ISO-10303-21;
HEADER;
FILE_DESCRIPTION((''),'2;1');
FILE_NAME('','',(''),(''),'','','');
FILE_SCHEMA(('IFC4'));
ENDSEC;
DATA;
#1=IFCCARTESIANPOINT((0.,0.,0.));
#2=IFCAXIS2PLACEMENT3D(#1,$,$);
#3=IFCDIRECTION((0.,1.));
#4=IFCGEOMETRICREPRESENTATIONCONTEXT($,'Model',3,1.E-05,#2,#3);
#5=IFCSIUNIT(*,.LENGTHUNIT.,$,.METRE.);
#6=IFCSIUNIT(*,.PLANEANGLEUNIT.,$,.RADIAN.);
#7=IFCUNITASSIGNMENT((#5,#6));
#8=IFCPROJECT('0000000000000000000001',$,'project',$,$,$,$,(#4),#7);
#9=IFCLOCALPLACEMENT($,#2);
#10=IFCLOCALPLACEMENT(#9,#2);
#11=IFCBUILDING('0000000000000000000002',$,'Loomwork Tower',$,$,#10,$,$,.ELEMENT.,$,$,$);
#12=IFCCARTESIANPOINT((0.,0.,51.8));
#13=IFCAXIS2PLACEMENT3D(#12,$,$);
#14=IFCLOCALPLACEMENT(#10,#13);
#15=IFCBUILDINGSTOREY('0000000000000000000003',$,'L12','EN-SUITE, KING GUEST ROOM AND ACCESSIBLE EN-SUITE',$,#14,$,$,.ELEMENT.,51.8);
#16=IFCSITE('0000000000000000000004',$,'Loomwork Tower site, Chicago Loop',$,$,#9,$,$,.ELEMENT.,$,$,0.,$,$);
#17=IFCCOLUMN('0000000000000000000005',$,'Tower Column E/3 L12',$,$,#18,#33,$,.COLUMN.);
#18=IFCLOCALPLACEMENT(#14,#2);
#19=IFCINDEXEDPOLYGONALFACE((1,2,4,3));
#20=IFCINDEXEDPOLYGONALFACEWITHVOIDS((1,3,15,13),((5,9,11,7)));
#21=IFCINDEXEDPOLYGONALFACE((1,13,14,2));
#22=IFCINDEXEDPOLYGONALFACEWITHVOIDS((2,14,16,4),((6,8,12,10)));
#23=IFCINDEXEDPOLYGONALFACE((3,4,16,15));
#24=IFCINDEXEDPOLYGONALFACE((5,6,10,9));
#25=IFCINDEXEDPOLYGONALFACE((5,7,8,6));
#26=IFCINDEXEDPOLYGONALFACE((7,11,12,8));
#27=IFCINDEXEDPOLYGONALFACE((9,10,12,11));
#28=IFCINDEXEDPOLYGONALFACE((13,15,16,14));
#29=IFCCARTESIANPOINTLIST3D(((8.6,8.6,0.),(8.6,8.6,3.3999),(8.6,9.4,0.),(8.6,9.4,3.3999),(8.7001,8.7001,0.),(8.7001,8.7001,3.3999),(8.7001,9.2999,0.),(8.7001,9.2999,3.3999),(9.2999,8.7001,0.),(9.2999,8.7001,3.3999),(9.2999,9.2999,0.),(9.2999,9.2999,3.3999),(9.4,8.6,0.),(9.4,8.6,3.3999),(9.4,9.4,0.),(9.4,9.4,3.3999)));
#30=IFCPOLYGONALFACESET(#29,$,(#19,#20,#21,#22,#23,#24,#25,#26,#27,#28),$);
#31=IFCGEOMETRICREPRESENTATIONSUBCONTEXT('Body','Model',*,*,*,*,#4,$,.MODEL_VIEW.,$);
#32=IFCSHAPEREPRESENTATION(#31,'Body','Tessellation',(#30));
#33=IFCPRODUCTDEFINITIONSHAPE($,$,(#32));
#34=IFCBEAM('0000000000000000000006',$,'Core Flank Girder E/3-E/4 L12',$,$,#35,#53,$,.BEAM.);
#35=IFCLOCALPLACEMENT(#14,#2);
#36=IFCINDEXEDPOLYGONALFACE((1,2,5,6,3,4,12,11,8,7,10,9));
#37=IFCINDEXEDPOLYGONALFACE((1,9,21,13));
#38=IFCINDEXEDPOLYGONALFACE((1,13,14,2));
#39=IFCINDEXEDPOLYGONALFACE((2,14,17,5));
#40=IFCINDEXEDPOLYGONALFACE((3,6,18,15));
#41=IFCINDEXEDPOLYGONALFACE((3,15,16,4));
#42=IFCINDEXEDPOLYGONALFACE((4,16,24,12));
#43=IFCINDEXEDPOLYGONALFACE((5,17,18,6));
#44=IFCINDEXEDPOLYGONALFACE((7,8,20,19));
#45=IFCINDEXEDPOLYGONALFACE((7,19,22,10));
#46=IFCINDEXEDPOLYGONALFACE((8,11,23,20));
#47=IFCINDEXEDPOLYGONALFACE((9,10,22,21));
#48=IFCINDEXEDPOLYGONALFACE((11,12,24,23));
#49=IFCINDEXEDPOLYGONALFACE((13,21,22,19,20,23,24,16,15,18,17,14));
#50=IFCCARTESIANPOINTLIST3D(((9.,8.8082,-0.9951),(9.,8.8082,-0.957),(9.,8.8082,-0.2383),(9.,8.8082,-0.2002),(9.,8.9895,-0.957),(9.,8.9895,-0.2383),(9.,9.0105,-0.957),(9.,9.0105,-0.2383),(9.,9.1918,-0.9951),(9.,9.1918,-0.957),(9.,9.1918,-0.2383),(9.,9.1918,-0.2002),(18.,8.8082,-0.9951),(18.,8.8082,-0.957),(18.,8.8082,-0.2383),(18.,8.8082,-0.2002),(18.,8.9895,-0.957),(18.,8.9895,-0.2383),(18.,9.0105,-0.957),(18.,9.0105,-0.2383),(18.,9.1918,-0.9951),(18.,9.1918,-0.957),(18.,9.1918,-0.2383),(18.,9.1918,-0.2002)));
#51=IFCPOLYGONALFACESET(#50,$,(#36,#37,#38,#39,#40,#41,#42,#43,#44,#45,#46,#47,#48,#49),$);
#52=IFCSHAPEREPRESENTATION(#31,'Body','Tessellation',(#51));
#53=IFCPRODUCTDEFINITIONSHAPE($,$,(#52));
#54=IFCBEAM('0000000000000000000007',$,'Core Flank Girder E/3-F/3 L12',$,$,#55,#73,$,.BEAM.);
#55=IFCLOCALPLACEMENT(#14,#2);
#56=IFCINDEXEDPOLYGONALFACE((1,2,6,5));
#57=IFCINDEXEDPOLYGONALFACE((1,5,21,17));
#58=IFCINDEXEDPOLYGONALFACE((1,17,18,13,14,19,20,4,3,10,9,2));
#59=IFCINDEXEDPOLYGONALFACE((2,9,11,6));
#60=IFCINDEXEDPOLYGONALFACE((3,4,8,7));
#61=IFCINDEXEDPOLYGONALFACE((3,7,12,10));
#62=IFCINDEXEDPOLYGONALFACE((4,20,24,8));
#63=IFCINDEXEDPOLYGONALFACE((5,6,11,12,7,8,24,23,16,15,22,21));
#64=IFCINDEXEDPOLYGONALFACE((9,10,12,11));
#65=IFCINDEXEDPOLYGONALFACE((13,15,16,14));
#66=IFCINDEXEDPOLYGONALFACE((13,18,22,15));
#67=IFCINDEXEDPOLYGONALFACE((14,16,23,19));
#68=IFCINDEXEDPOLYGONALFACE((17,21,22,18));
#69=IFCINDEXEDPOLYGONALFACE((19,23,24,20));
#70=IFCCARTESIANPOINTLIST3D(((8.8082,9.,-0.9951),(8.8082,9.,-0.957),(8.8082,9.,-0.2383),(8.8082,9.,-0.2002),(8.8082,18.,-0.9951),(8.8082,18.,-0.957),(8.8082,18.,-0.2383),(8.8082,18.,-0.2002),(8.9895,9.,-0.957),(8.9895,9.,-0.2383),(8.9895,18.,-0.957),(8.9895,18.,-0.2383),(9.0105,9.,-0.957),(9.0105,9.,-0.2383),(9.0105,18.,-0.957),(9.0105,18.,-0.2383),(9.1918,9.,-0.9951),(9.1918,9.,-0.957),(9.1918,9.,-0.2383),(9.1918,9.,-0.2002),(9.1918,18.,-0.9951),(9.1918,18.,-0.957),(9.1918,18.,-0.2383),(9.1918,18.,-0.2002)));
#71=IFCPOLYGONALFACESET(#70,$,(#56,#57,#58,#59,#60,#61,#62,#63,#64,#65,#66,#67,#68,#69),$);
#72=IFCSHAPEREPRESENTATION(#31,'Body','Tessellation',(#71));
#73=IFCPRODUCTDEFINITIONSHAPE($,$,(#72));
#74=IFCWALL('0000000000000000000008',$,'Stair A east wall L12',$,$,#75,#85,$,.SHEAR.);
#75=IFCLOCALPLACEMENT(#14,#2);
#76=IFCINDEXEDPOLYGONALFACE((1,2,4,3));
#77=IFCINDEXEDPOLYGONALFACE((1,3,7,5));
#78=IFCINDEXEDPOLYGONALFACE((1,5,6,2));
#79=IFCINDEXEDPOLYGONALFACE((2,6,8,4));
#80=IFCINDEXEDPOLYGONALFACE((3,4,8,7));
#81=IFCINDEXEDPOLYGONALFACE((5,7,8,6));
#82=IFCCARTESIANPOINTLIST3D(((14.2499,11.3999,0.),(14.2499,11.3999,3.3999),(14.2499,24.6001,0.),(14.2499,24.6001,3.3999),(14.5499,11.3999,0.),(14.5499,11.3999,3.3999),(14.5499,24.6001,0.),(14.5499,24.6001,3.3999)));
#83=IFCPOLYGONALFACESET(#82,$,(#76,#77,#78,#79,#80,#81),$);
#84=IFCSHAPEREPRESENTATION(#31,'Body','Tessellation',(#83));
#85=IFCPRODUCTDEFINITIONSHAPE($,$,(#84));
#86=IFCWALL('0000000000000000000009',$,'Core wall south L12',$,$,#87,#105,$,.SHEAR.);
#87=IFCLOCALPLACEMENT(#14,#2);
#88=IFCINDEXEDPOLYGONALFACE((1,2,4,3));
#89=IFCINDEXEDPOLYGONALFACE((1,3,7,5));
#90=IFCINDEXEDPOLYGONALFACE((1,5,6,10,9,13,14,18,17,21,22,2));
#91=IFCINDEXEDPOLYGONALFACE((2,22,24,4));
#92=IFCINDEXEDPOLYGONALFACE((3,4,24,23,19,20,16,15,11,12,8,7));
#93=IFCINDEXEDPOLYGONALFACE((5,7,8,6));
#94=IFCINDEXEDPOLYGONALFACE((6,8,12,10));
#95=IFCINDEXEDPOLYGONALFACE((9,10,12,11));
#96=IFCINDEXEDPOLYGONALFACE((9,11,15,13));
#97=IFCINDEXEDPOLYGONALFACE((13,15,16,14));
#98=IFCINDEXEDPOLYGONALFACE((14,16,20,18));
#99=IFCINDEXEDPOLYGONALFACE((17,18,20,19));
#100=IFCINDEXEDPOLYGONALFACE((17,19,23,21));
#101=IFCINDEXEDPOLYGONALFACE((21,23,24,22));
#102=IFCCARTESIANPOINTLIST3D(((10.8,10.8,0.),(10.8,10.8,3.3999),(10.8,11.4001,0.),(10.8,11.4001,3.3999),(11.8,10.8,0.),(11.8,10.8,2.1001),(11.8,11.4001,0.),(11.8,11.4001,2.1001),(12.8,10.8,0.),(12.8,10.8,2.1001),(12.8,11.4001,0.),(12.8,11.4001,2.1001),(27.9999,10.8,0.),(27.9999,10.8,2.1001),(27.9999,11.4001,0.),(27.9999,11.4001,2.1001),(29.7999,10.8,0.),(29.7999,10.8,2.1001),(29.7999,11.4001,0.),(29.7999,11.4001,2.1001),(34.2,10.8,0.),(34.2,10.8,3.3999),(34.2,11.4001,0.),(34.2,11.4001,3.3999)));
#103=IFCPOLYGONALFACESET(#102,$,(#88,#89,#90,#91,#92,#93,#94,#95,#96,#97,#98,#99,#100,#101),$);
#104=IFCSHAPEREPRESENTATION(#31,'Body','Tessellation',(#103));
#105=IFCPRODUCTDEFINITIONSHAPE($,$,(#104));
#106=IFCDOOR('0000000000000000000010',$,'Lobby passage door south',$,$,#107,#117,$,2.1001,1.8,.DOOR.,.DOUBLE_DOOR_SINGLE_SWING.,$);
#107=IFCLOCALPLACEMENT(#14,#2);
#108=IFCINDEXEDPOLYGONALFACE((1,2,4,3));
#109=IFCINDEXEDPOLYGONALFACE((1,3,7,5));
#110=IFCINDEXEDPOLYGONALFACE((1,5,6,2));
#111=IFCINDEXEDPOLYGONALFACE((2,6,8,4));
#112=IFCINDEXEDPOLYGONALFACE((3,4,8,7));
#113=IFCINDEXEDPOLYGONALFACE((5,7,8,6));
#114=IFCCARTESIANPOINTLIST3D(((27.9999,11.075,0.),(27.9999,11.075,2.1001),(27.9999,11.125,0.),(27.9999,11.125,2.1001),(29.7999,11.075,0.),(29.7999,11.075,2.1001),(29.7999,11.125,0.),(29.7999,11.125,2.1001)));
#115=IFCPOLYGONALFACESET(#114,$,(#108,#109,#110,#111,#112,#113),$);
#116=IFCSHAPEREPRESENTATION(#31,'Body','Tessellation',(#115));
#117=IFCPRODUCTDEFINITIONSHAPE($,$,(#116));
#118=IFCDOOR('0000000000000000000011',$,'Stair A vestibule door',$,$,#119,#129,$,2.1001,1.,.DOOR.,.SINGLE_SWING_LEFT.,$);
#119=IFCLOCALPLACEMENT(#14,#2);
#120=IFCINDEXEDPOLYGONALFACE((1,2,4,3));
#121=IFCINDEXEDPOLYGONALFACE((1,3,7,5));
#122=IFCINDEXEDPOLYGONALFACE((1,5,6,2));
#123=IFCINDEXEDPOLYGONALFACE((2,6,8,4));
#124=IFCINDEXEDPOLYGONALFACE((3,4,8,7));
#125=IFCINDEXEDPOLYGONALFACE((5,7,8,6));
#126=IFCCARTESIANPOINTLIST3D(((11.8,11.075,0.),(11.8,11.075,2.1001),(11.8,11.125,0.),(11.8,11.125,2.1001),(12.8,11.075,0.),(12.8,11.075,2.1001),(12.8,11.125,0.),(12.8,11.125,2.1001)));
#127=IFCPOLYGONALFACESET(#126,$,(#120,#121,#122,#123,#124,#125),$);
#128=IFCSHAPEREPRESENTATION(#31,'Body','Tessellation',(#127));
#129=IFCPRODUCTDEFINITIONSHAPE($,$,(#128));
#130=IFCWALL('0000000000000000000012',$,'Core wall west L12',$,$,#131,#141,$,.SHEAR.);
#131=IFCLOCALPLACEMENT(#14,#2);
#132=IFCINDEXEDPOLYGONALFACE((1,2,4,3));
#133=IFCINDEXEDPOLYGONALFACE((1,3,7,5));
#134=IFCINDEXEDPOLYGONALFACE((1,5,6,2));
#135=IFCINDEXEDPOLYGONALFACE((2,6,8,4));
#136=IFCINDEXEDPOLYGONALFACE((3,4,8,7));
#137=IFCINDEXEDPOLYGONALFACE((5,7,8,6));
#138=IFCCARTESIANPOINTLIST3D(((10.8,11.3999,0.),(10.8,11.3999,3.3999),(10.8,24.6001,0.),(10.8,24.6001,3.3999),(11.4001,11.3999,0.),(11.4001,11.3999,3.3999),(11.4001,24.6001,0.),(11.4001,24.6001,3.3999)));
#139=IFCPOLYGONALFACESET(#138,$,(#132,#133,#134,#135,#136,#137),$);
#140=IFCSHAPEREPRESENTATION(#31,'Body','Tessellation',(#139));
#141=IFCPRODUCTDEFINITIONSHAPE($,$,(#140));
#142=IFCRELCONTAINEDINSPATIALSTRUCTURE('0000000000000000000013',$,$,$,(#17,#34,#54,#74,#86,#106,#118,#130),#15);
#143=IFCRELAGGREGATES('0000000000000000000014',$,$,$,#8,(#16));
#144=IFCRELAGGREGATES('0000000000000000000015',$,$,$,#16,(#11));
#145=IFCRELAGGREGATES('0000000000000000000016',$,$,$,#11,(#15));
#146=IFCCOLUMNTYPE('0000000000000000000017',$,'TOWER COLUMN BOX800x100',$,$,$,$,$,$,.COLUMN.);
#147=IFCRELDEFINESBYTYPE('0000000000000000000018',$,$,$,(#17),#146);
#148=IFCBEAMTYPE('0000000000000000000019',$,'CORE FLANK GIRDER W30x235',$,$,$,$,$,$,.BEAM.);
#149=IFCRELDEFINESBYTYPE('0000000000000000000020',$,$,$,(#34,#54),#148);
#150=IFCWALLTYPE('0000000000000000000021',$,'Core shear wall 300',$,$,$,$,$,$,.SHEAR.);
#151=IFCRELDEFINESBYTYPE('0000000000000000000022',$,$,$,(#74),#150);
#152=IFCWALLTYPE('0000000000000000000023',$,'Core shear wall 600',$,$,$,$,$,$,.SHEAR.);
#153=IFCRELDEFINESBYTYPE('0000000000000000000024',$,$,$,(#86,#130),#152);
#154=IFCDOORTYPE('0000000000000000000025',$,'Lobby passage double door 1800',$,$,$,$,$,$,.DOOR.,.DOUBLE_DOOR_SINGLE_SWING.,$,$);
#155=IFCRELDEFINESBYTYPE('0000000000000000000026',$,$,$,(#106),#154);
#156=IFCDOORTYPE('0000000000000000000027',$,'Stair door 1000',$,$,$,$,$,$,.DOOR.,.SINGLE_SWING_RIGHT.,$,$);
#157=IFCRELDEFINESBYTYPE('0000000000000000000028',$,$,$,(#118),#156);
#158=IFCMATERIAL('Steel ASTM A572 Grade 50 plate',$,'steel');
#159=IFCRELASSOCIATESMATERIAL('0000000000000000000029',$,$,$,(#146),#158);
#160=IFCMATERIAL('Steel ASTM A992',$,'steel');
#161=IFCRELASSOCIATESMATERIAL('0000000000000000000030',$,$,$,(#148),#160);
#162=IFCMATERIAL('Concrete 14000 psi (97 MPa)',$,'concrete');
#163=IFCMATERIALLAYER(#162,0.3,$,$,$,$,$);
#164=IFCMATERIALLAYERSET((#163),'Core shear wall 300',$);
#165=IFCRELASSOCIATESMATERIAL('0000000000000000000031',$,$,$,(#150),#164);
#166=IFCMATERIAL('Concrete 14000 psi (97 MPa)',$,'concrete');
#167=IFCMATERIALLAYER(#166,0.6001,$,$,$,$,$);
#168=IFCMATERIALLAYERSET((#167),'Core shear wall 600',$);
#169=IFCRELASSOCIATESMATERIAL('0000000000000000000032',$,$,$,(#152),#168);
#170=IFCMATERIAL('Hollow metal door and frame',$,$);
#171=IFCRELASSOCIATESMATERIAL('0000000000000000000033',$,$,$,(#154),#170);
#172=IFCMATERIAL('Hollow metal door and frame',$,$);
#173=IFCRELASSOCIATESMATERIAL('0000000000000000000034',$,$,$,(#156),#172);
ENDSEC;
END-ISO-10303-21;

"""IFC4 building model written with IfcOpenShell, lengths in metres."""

from ifc_helpers import new_model, si_unit, direction, frame, frame_2d, origin, origin_2d, place, context, subcontext, project, spatial, rectangle, hollow_rectangle, i_section, extrude, material, layer, layer_set, material_profile, profile_set, type_object, element, fill, save


model = new_model("IFC4")

# Units and contexts
model_context = context("Model", 3, precision=1e-05, world=origin(), true_north=direction((0.0, 1.0)))
body_context = subcontext(model_context, "Body", "Model", "MODEL_VIEW")
ifc_project = project(units=[si_unit("LENGTHUNIT", "METRE"), si_unit("PLANEANGLEUNIT", "RADIAN")], contexts=[model_context])

# Site, building, storey
site_placement = place(None, origin())
site = spatial("IfcSite", under=ifc_project, at=site_placement, Name="Loomwork Tower site, Chicago Loop", CompositionType="ELEMENT", RefElevation=0.0)
building_placement = place(site_placement, origin())
building = spatial("IfcBuilding", under=site, at=building_placement, Name="Loomwork Tower", CompositionType="ELEMENT")
storey_placement = place(building_placement, frame((0.0, 0.0, 51.8)))
storey = spatial("IfcBuildingStorey", under=building, at=storey_placement, Name="L12", Description="EN-SUITE, KING GUEST ROOM AND ACCESSIBLE EN-SUITE", CompositionType="ELEMENT", Elevation=51.8)

# Column
ifc_material_1 = material(Name="Steel ASTM A572 Grade 50 plate", Category="steel")
ifc_material_profile_1 = material_profile(ifc_material_1, hollow_rectangle(XDim=0.8, YDim=0.8, WallThickness=0.1001, at=origin_2d()), Name="BOX800x100")
ifc_profile_set_1 = profile_set([ifc_material_profile_1], Name="Steel ASTM A572 Grade 50 plate")
column_type = type_object("IfcColumnType", Name="TOWER COLUMN BOX800x100", PredefinedType="COLUMN", material=ifc_profile_set_1)
column_placement = place(storey_placement, frame((9.0, 9.0, 0.0), z_axis=(0.0, 0.0, 1.0), x_axis=(1.0, 0.0, 0.0)))
element("IfcColumn", 1, at=column_placement, inside=storey, type_object=column_type, Name="Tower Column E/3 L12", PredefinedType="COLUMN", context=body_context, shape_type="SweptSolid", body=[
    extrude(hollow_rectangle(XDim=0.8, YDim=0.8, WallThickness=0.1001, at=origin_2d()), origin(), (0.0, 0.0, 1.0), 3.3999),
])

# Beams
ifc_material_2 = material(Name="Steel ASTM A992", Category="steel")
ifc_material_profile_2 = material_profile(ifc_material_2, i_section(OverallWidth=0.3835, OverallDepth=0.7949, WebThickness=0.021, FlangeThickness=0.0381, at=origin_2d()), Name="W30x235")
ifc_profile_set_2 = profile_set([ifc_material_profile_2], Name="Steel ASTM A992")
beam_type = type_object("IfcBeamType", Name="CORE FLANK GIRDER W30x235", PredefinedType="BEAM", material=ifc_profile_set_2)
for number, where, z_axis, x_axis, name in (
    (2, (9.0, 9.0, -0.5977), (1.0, 0.0, 0.0), (0.0, 1.0, 0.0), "Core Flank Girder E/3-E/4 L12"),
    (3, (9.0, 9.0, -0.5977), (0.0, 1.0, 0.0), (-1.0, 0.0, 0.0), "Core Flank Girder E/3-F/3 L12"),
):
    element("IfcBeam", number, at=place(storey_placement, frame(where, z_axis=z_axis, x_axis=x_axis)), inside=storey, type_object=beam_type, Name=name, PredefinedType="BEAM", context=body_context, shape_type="SweptSolid", body=[
        extrude(i_section(OverallWidth=0.3835, OverallDepth=0.7949, WebThickness=0.021, FlangeThickness=0.0381, at=origin_2d()), origin(), (0.0, 0.0, 1.0), 9.0),
    ])

# Wall
ifc_material_3 = material(Name="Concrete 14000 psi (97 MPa)", Category="concrete")
ifc_layer_1 = layer(ifc_material_3, 0.3)
ifc_layer_set_1 = layer_set([ifc_layer_1], Name="Core shear wall 300")
wall_type_1 = type_object("IfcWallType", Name="Core shear wall 300", PredefinedType="SHEAR", material=ifc_layer_set_1)
wall_1_placement = place(storey_placement, frame((14.3999, 11.3999, 0.0), z_axis=(0.0, 0.0, 1.0), x_axis=(0.0, 1.0, 0.0)))
element("IfcWall", 4, at=wall_1_placement, inside=storey, type_object=wall_type_1, Name="Stair A east wall L12", PredefinedType="SHEAR", context=body_context, shape_type="SweptSolid", body=[
    extrude(rectangle(XDim=13.2002, YDim=0.3, at=frame_2d((6.6001, 0.0))), origin(), (0.0, 0.0, 1.0), 3.3999),
])

# Wall, openings, doors
ifc_material_4 = material(Name="Concrete 14000 psi (97 MPa)", Category="concrete")
ifc_layer_2 = layer(ifc_material_4, 0.6001)
ifc_layer_set_2 = layer_set([ifc_layer_2], Name="Core shear wall 600")
wall_type_2 = type_object("IfcWallType", Name="Core shear wall 600", PredefinedType="SHEAR", material=ifc_layer_set_2)
wall_2_placement = place(storey_placement, frame((10.8, 11.1001, 0.0), z_axis=(0.0, 0.0, 1.0), x_axis=(1.0, 0.0, 0.0)))
wall_2 = element("IfcWall", 5, at=wall_2_placement, inside=storey, type_object=wall_type_2, Name="Core wall south L12", PredefinedType="SHEAR", context=body_context, shape_type="SweptSolid", body=[
    extrude(rectangle(XDim=23.3999, YDim=0.6001, at=frame_2d((11.7, 0.0))), origin(), (0.0, 0.0, 1.0), 3.3999),
])
opening_1_placement = place(wall_2_placement, frame((1.0, 0.0, 0.0)))
opening_1 = element("IfcOpeningElement", 6, at=opening_1_placement, cuts=wall_2, PredefinedType="OPENING", context=body_context, shape_type="SweptSolid", body=[
    extrude(rectangle(XDim=1.0, YDim=2.1001, at=frame_2d((0.5, 1.05))), frame((0.0, 0.3101, 0.0), z_axis=(0.0, -1.0, 0.0), x_axis=(1.0, 0.0, 0.0)), (0.0, 0.0, 1.0), 0.6201),
])
opening_2_placement = place(wall_2_placement, frame((17.2, 0.0, 0.0)))
opening_2 = element("IfcOpeningElement", 7, at=opening_2_placement, cuts=wall_2, PredefinedType="OPENING", context=body_context, shape_type="SweptSolid", body=[
    extrude(rectangle(XDim=1.8, YDim=2.1001, at=frame_2d((0.8999, 1.05))), frame((0.0, 0.3101, 0.0), z_axis=(0.0, -1.0, 0.0), x_axis=(1.0, 0.0, 0.0)), (0.0, 0.0, 1.0), 0.6201),
])
ifc_material_5 = material(Name="Hollow metal door and frame")
door_type_1 = type_object("IfcDoorType", Name="Lobby passage double door 1800", OperationType="DOUBLE_DOOR_SINGLE_SWING", PredefinedType="DOOR", material=ifc_material_5)
door_1_placement = place(opening_2_placement, origin())
door_1 = element("IfcDoor", 8, at=door_1_placement, inside=storey, type_object=door_type_1, Name="Lobby passage door south", OperationType="DOUBLE_DOOR_SINGLE_SWING", OverallHeight=2.1001, OverallWidth=1.8, PredefinedType="DOOR", context=body_context, shape_type="SweptSolid", body=[
    extrude(rectangle(XDim=1.8, YDim=2.1001, at=frame_2d((0.8999, 1.05))), frame((0.0, 0.0249, 0.0), z_axis=(0.0, -1.0, 0.0), x_axis=(1.0, 0.0, 0.0)), (0.0, 0.0, 1.0), 0.05),
])
fill(opening_2, door_1)
ifc_material_6 = material(Name="Hollow metal door and frame")
door_type_2 = type_object("IfcDoorType", Name="Stair door 1000", OperationType="SINGLE_SWING_RIGHT", PredefinedType="DOOR", material=ifc_material_6)
door_2_placement = place(opening_1_placement, origin())
door_2 = element("IfcDoor", 9, at=door_2_placement, inside=storey, type_object=door_type_2, Name="Stair A vestibule door", OperationType="SINGLE_SWING_LEFT", OverallHeight=2.1001, OverallWidth=1.0, PredefinedType="DOOR", context=body_context, shape_type="SweptSolid", body=[
    extrude(rectangle(XDim=1.0, YDim=2.1001, at=frame_2d((0.5, 1.05))), frame((0.0, 0.0249, 0.0), z_axis=(0.0, -1.0, 0.0), x_axis=(1.0, 0.0, 0.0)), (0.0, 0.0, 1.0), 0.05),
])
fill(opening_1, door_2)

# Wall
wall_3_placement = place(storey_placement, frame((11.1001, 11.3999, 0.0), z_axis=(0.0, 0.0, 1.0), x_axis=(0.0, 1.0, 0.0)))
element("IfcWall", 10, at=wall_3_placement, inside=storey, type_object=wall_type_2, Name="Core wall west L12", PredefinedType="SHEAR", context=body_context, shape_type="SweptSolid", body=[
    extrude(rectangle(XDim=13.2002, YDim=0.6001, at=frame_2d((6.6001, 0.0))), origin(), (0.0, 0.0, 1.0), 3.3999),
])

save(model, "model.ifc")
